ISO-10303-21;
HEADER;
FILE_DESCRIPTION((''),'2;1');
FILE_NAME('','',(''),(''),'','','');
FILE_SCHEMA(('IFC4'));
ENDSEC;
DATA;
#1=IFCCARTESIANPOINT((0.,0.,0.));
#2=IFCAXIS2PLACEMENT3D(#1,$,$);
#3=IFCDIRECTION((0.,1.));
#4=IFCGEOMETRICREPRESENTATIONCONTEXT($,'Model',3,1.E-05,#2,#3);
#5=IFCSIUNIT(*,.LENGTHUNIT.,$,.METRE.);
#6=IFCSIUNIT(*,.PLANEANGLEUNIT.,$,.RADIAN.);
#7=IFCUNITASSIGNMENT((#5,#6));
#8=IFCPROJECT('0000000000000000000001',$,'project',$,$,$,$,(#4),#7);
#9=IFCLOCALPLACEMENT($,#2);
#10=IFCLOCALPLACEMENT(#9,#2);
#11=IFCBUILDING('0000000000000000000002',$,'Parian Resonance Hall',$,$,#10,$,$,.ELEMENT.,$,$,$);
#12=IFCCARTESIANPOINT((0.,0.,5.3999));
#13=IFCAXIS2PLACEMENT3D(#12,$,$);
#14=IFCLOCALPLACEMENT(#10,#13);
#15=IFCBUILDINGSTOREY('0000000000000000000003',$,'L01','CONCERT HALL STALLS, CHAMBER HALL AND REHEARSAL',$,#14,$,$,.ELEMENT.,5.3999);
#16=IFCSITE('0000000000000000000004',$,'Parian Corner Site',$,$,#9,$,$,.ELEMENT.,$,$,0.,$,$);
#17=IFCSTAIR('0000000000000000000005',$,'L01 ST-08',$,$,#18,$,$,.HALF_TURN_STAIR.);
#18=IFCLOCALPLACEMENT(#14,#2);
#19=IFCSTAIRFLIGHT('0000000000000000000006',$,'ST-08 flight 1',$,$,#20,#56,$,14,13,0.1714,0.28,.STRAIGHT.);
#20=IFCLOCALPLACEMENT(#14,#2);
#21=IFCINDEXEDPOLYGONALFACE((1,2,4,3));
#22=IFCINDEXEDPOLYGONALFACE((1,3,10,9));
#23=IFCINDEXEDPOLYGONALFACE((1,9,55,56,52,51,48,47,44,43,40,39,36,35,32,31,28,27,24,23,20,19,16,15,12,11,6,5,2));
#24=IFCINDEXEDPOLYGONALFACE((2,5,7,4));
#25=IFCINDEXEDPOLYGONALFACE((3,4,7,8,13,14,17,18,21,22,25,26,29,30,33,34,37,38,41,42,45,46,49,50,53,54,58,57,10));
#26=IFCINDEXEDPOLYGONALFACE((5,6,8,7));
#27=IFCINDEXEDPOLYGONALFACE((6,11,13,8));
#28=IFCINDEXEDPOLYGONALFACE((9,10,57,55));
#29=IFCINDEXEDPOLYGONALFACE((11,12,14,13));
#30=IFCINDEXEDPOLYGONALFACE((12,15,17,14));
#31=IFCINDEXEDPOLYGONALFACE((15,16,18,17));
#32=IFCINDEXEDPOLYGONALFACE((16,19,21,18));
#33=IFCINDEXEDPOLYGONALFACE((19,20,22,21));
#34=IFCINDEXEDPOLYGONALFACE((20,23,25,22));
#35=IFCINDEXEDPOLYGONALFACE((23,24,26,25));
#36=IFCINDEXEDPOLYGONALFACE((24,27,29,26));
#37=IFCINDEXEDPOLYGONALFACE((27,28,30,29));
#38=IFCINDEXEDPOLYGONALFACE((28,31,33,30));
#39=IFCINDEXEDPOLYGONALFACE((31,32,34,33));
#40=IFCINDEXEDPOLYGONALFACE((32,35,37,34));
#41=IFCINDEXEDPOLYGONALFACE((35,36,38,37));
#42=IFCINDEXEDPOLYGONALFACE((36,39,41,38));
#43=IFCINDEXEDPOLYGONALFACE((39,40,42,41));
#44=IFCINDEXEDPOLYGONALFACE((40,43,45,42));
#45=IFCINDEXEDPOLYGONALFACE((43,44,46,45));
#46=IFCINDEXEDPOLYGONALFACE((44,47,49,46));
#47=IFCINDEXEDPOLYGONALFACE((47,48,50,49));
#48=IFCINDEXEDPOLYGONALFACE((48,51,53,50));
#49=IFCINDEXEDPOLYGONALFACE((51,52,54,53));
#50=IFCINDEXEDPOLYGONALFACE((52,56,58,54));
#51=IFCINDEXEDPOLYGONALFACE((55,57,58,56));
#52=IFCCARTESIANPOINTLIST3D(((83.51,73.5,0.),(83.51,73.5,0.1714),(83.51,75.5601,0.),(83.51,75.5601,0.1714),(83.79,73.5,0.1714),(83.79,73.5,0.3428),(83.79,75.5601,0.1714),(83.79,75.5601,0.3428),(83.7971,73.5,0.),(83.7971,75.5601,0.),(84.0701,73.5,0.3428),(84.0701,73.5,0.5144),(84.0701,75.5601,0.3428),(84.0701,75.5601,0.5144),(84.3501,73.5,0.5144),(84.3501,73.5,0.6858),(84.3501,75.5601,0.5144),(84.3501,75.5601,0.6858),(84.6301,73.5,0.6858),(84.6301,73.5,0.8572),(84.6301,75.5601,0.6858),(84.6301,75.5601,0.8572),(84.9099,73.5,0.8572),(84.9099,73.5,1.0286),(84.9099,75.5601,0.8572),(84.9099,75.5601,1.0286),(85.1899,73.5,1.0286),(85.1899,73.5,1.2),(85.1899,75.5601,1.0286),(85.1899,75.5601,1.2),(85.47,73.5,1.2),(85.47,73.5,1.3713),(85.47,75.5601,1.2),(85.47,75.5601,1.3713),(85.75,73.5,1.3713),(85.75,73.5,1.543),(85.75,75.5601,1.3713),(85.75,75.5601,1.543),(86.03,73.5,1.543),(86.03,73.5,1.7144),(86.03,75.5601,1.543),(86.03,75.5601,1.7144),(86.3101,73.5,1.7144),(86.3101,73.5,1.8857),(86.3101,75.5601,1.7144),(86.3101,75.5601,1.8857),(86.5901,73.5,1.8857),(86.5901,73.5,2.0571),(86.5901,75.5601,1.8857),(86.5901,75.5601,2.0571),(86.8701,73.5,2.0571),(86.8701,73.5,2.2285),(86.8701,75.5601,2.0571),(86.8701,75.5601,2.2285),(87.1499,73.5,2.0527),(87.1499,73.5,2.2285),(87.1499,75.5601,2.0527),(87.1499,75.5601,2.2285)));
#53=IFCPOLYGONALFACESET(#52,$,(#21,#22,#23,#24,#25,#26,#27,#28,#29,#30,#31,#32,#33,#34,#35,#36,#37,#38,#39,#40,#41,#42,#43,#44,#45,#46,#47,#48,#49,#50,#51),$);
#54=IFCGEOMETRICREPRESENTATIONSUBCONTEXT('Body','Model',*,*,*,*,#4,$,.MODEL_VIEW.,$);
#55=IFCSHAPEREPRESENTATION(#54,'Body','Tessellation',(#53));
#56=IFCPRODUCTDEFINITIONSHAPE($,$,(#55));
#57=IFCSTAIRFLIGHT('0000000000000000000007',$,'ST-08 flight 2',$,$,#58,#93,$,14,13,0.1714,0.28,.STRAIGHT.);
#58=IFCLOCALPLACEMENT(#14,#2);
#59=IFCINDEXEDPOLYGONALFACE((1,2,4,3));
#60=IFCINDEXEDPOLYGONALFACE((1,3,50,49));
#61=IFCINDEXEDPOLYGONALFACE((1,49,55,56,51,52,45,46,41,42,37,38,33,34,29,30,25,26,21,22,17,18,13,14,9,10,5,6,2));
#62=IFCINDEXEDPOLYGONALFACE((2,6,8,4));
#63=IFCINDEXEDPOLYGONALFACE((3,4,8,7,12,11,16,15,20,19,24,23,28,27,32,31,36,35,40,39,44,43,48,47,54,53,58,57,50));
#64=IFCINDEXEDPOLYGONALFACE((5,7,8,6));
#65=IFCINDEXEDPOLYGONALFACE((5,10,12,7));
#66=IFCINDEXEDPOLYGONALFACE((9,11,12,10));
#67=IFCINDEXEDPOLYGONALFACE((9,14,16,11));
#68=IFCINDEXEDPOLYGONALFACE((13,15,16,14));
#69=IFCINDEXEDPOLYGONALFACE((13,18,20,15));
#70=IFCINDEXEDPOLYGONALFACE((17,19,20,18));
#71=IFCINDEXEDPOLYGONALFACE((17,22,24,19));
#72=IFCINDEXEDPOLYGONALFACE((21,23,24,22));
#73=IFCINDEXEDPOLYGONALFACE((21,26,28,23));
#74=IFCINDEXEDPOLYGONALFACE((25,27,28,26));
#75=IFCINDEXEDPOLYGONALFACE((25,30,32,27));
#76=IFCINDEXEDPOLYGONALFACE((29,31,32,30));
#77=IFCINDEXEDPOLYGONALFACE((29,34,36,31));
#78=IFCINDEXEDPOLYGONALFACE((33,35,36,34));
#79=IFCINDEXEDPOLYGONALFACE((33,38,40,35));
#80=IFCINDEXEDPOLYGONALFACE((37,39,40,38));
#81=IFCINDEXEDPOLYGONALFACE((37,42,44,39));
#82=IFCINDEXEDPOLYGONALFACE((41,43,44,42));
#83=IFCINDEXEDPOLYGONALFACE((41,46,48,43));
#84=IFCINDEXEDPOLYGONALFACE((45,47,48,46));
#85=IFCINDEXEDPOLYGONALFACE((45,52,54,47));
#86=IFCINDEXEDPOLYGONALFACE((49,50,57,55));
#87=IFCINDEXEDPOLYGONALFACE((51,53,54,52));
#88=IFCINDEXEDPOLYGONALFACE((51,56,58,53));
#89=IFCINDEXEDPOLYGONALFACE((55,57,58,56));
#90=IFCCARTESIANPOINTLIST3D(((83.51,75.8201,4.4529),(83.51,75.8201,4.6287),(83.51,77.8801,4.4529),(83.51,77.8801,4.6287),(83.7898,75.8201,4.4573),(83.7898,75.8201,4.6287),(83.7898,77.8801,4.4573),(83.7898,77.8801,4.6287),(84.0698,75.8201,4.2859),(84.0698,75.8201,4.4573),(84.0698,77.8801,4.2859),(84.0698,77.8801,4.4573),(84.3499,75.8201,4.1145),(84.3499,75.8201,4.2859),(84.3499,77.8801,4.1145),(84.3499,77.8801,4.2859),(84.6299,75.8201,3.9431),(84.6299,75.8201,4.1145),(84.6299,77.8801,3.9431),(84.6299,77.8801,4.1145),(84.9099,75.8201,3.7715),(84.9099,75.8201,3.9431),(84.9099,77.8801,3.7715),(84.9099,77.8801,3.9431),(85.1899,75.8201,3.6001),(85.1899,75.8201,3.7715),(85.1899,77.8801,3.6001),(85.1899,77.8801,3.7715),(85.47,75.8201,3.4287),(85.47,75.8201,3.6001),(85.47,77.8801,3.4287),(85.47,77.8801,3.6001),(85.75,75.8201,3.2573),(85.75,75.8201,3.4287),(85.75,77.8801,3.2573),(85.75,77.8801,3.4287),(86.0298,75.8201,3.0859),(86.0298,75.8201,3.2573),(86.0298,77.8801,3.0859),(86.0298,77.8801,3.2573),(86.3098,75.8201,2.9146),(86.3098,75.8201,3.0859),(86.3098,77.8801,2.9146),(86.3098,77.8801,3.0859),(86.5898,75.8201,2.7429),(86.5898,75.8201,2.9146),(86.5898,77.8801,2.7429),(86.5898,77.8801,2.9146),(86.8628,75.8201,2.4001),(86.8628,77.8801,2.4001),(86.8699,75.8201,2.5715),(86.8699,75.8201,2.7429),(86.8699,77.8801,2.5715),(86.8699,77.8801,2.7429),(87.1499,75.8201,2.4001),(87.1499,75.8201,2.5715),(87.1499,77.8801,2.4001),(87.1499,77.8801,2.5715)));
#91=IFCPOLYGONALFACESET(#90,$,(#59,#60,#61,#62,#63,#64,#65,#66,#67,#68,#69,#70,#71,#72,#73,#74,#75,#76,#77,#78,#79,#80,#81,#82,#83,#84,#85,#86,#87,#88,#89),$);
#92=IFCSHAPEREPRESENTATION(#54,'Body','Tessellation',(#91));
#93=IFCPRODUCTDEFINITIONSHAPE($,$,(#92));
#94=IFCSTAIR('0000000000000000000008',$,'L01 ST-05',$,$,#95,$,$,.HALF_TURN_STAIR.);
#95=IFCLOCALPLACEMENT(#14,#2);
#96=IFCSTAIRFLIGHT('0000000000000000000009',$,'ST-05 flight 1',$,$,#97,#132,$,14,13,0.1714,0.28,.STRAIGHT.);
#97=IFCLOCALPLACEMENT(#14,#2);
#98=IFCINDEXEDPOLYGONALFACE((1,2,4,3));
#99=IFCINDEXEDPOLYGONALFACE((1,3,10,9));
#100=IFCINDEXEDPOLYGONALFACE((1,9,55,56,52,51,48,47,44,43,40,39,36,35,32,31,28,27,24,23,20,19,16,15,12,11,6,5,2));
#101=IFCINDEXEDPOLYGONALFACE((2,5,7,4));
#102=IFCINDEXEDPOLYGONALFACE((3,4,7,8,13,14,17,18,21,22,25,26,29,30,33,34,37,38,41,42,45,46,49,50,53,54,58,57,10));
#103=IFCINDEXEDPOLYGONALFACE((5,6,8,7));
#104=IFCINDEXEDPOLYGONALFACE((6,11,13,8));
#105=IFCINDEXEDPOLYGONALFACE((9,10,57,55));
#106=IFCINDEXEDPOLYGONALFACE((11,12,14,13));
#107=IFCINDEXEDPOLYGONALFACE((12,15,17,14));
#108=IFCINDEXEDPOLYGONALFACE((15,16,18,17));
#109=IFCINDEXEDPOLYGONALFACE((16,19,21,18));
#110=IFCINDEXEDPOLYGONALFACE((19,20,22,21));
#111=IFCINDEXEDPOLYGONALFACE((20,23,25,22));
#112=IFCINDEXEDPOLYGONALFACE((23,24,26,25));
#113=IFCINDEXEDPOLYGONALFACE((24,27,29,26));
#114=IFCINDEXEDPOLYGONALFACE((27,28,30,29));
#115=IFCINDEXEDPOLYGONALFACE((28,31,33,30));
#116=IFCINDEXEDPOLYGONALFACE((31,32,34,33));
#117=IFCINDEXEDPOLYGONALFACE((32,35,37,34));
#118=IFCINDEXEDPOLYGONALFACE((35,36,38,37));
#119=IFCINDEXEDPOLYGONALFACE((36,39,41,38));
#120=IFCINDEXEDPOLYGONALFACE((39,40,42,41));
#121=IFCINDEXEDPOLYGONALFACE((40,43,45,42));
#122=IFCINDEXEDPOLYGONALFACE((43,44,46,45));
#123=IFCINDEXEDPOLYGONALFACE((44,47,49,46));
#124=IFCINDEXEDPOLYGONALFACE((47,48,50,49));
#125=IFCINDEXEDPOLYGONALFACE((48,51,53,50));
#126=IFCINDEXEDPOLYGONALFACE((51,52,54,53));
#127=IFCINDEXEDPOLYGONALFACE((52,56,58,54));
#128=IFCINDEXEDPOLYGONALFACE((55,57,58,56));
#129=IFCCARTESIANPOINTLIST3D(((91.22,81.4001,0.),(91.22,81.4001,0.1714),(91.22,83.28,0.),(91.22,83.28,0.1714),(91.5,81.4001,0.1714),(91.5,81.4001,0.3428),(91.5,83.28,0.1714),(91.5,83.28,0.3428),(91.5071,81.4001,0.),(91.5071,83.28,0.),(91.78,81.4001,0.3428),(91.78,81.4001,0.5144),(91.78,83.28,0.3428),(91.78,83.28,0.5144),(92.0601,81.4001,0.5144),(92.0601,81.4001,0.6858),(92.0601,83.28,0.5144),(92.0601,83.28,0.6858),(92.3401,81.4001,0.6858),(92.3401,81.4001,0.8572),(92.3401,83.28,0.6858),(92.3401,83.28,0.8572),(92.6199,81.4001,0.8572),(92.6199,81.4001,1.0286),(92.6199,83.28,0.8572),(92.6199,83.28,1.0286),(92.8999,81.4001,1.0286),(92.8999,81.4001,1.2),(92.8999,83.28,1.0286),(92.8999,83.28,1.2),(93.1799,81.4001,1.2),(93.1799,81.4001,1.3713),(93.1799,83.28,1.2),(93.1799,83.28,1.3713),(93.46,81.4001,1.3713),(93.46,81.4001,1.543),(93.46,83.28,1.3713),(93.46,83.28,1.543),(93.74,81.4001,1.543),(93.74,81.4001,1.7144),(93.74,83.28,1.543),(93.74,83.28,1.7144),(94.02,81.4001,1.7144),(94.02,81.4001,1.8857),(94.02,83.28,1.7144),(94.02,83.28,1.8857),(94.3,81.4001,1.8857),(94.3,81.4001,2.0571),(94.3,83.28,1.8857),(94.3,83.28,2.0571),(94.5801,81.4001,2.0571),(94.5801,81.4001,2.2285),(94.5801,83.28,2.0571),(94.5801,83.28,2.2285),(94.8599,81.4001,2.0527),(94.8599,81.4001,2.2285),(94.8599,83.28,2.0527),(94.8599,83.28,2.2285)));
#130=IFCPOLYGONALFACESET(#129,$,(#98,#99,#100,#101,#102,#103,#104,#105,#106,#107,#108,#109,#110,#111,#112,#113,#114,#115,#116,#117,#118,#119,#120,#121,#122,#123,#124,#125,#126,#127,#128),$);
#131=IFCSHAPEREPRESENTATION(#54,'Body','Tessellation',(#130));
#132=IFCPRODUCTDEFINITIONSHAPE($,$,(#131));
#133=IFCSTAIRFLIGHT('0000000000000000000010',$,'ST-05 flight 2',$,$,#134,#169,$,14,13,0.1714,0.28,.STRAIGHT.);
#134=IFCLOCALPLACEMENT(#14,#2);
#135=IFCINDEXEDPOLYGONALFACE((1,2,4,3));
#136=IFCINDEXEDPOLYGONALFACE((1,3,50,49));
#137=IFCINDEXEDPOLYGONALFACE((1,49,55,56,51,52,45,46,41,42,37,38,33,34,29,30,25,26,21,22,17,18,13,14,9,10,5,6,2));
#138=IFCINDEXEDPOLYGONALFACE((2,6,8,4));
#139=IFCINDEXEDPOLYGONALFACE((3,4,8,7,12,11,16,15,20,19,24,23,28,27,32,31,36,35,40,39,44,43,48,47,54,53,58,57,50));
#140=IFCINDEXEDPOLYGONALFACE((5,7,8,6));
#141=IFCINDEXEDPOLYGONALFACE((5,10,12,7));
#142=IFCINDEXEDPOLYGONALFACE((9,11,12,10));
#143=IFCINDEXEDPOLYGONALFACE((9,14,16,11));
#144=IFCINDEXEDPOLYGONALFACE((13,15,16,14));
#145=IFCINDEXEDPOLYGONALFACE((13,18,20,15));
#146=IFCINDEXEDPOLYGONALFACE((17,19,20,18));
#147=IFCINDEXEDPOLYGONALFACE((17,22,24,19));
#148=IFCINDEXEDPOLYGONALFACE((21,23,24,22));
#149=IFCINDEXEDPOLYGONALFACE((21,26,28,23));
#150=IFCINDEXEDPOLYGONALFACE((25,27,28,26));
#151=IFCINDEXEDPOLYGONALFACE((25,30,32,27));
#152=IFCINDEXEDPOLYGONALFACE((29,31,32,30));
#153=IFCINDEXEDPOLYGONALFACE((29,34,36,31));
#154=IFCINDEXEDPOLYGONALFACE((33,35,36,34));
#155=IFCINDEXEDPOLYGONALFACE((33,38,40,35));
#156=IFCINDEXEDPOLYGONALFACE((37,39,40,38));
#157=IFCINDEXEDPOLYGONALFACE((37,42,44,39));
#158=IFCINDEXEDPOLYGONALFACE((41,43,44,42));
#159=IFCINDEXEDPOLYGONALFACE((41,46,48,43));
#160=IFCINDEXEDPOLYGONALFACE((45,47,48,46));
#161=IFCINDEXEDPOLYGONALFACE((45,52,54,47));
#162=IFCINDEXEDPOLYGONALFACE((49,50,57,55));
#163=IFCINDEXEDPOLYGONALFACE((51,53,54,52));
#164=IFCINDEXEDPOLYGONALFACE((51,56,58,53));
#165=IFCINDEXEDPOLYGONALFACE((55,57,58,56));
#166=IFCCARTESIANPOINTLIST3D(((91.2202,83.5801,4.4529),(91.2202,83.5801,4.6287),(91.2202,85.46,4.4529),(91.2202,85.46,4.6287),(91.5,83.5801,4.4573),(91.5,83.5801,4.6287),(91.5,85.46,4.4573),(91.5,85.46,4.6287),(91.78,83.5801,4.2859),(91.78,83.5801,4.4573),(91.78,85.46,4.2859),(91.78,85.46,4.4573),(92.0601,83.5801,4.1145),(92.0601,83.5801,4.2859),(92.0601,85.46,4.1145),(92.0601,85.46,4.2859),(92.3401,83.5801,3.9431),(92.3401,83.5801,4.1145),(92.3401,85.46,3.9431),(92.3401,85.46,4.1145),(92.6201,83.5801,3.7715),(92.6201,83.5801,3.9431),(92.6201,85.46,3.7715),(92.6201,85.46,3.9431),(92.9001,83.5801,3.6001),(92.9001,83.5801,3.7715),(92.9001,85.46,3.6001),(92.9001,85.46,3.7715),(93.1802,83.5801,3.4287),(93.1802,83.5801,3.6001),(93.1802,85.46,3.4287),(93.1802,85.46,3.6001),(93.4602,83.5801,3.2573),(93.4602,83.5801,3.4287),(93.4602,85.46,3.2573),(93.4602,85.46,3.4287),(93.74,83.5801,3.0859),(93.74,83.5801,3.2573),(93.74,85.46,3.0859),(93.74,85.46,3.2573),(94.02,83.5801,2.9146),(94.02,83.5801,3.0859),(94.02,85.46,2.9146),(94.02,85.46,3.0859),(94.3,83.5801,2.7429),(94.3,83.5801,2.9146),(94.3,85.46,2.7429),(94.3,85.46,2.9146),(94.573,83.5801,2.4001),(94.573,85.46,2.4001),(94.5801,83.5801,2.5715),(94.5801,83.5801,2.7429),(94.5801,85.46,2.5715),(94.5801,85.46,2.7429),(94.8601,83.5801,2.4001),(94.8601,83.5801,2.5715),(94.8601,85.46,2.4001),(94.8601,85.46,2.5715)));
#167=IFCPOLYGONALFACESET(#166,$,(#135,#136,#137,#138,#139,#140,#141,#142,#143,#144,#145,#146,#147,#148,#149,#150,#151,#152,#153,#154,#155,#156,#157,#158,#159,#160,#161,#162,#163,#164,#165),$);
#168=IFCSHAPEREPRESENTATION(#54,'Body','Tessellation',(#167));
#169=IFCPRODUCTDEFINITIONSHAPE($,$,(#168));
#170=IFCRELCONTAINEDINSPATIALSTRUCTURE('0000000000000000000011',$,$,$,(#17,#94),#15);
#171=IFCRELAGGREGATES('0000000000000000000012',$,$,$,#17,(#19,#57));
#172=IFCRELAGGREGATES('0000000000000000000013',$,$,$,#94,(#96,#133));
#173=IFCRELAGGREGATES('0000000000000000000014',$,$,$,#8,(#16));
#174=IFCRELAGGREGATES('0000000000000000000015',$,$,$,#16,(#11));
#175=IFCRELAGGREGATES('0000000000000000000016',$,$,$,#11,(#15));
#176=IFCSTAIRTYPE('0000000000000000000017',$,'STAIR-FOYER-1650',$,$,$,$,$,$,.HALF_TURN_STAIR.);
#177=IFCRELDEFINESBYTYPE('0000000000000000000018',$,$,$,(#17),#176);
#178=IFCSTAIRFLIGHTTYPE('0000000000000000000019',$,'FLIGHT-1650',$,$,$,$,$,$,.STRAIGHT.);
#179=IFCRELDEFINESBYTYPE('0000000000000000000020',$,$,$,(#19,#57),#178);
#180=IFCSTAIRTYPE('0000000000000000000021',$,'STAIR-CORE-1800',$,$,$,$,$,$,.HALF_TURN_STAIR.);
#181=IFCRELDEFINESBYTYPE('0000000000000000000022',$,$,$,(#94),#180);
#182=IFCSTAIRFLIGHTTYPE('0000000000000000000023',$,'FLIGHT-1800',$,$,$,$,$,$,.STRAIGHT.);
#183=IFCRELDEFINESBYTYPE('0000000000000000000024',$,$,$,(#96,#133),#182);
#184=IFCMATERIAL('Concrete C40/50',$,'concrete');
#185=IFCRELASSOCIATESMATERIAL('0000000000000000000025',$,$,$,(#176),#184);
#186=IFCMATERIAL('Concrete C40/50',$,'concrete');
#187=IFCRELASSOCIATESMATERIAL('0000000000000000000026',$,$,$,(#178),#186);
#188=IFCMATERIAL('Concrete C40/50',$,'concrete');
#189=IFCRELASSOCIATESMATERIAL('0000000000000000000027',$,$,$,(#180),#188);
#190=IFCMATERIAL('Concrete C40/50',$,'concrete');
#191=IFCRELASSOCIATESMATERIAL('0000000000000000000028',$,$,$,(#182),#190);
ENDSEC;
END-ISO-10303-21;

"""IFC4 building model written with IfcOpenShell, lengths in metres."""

from ifc_helpers import new_model, si_unit, direction, frame, origin, place, context, subcontext, project, spatial, polyline, outline, extrude, material, type_object, element, aggregate, save


model = new_model("IFC4")

# Units and contexts
model_context = context("Model", 3, precision=1e-05, world=origin(), true_north=direction((0.0, 1.0)))
body_context = subcontext(model_context, "Body", "Model", "MODEL_VIEW")
ifc_project = project(units=[si_unit("LENGTHUNIT", "METRE"), si_unit("PLANEANGLEUNIT", "RADIAN")], contexts=[model_context])

# Site, building, storey
site_placement = place(None, origin())
site = spatial("IfcSite", under=ifc_project, at=site_placement, Name="Parian Corner Site", CompositionType="ELEMENT", RefElevation=0.0)
building_placement = place(site_placement, origin())
building = spatial("IfcBuilding", under=site, at=building_placement, Name="Parian Resonance Hall", CompositionType="ELEMENT")
storey_placement = place(building_placement, frame((0.0, 0.0, 5.3999)))
storey = spatial("IfcBuildingStorey", under=building, at=storey_placement, Name="L01", Description="CONCERT HALL STALLS, CHAMBER HALL AND REHEARSAL", CompositionType="ELEMENT", Elevation=5.3999)

# Stairs, stair flights
ifc_material_1 = material(Name="Concrete C40/50", Category="concrete")
stair_type_1 = type_object("IfcStairType", Name="STAIR-FOYER-1650", PredefinedType="HALF_TURN_STAIR", material=ifc_material_1)
stair_1_placement = place(storey_placement, origin())
stair_1 = element("IfcStair", 1, at=stair_1_placement, inside=storey, type_object=stair_type_1, Name="L01 ST-08", PredefinedType="HALF_TURN_STAIR")
ifc_material_2 = material(Name="Concrete C40/50", Category="concrete")
stair_flight_type_1 = type_object("IfcStairFlightType", Name="FLIGHT-1650", PredefinedType="STRAIGHT", material=ifc_material_2)
stair_flight_1_placement = place(storey_placement, frame((83.51, 74.53, 0.0), z_axis=(0.0, 0.0, 1.0), x_axis=(1.0, 0.0, 0.0)))
stair_flight_1 = element("IfcStairFlight", 2, at=stair_flight_1_placement, type_object=stair_flight_type_1, Name="ST-08 flight 1", NumberOfRisers=14, NumberOfTreads=13, PredefinedType="STRAIGHT", RiserHeight=0.1714, TreadLength=0.28, context=body_context, shape_type="SweptSolid", body=[
    extrude(outline(polyline([(0.0, 0.0), (0.0, 0.1714), (0.28, 0.1714), (0.28, 0.3428), (0.5601, 0.3428), (0.5601, 0.5144), (0.8401, 0.5144), (0.8401, 0.6858), (1.1201, 0.6858), (1.1201, 0.8572), (1.3999, 0.8572), (1.3999, 1.0286), (1.6799, 1.0286), (1.6799, 1.2), (1.96, 1.2), (1.96, 1.3713), (2.24, 1.3713), (2.24, 1.543), (2.52, 1.543), (2.52, 1.7144), (2.8, 1.7144), (2.8, 1.8857), (3.0801, 1.8857), (3.0801, 2.0571), (3.3601, 2.0571), (3.3601, 2.2285), (3.6399, 2.2285), (3.6399, 2.3999), (3.6399, 2.0527), (0.2871, 0.0), (0.0, 0.0)])), frame((0.0, 1.03, 0.0), z_axis=(0.0, -1.0, 0.0), x_axis=(1.0, 0.0, 0.0)), (0.0, 0.0, 1.0), 2.0601),
])
stair_flight_2_placement = place(storey_placement, frame((87.1499, 76.8501, 2.4001), z_axis=(0.0, 0.0, 1.0), x_axis=(-1.0, 0.0, 0.0)))
stair_flight_2 = element("IfcStairFlight", 3, at=stair_flight_2_placement, type_object=stair_flight_type_1, Name="ST-08 flight 2", NumberOfRisers=14, NumberOfTreads=13, PredefinedType="STRAIGHT", RiserHeight=0.1714, TreadLength=0.28, context=body_context, shape_type="SweptSolid", body=[
    extrude(outline(polyline([(0.0, 0.0), (0.0, 0.1714), (0.28, 0.1714), (0.28, 0.3428), (0.5601, 0.3428), (0.5601, 0.5144), (0.8401, 0.5144), (0.8401, 0.6858), (1.1201, 0.6858), (1.1201, 0.8572), (1.3999, 0.8572), (1.3999, 1.0286), (1.6799, 1.0286), (1.6799, 1.2), (1.96, 1.2), (1.96, 1.3713), (2.24, 1.3713), (2.24, 1.543), (2.52, 1.543), (2.52, 1.7144), (2.8, 1.7144), (2.8, 1.8857), (3.0801, 1.8857), (3.0801, 2.0571), (3.3601, 2.0571), (3.3601, 2.2285), (3.6399, 2.2285), (3.6399, 2.3999), (3.6399, 2.0527), (0.2871, 0.0), (0.0, 0.0)])), frame((0.0, 1.03, 0.0), z_axis=(0.0, -1.0, 0.0), x_axis=(1.0, 0.0, 0.0)), (0.0, 0.0, 1.0), 2.0601),
])
aggregate(stair_1, [stair_flight_1, stair_flight_2])
ifc_material_3 = material(Name="Concrete C40/50", Category="concrete")
stair_type_2 = type_object("IfcStairType", Name="STAIR-CORE-1800", PredefinedType="HALF_TURN_STAIR", material=ifc_material_3)
stair_2_placement = place(storey_placement, origin())
stair_2 = element("IfcStair", 4, at=stair_2_placement, inside=storey, type_object=stair_type_2, Name="L01 ST-05", PredefinedType="HALF_TURN_STAIR")
ifc_material_4 = material(Name="Concrete C40/50", Category="concrete")
stair_flight_type_2 = type_object("IfcStairFlightType", Name="FLIGHT-1800", PredefinedType="STRAIGHT", material=ifc_material_4)
stair_flight_3_placement = place(storey_placement, frame((91.22, 82.3401, 0.0), z_axis=(0.0, 0.0, 1.0), x_axis=(1.0, 0.0, 0.0)))
stair_flight_3 = element("IfcStairFlight", 5, at=stair_flight_3_placement, type_object=stair_flight_type_2, Name="ST-05 flight 1", NumberOfRisers=14, NumberOfTreads=13, PredefinedType="STRAIGHT", RiserHeight=0.1714, TreadLength=0.28, context=body_context, shape_type="SweptSolid", body=[
    extrude(outline(polyline([(0.0, 0.0), (0.0, 0.1714), (0.28, 0.1714), (0.28, 0.3428), (0.5601, 0.3428), (0.5601, 0.5144), (0.8401, 0.5144), (0.8401, 0.6858), (1.1201, 0.6858), (1.1201, 0.8572), (1.3999, 0.8572), (1.3999, 1.0286), (1.6799, 1.0286), (1.6799, 1.2), (1.96, 1.2), (1.96, 1.3713), (2.24, 1.3713), (2.24, 1.543), (2.52, 1.543), (2.52, 1.7144), (2.8, 1.7144), (2.8, 1.8857), (3.0801, 1.8857), (3.0801, 2.0571), (3.3601, 2.0571), (3.3601, 2.2285), (3.6399, 2.2285), (3.6399, 2.3999), (3.6399, 2.0527), (0.2871, 0.0), (0.0, 0.0)])), frame((0.0, 0.9399, 0.0), z_axis=(0.0, -1.0, 0.0), x_axis=(1.0, 0.0, 0.0)), (0.0, 0.0, 1.0), 1.8799),
])
stair_flight_4_placement = place(storey_placement, frame((94.8601, 84.52, 2.4001), z_axis=(0.0, 0.0, 1.0), x_axis=(-1.0, 0.0, 0.0)))
stair_flight_4 = element("IfcStairFlight", 6, at=stair_flight_4_placement, type_object=stair_flight_type_2, Name="ST-05 flight 2", NumberOfRisers=14, NumberOfTreads=13, PredefinedType="STRAIGHT", RiserHeight=0.1714, TreadLength=0.28, context=body_context, shape_type="SweptSolid", body=[
    extrude(outline(polyline([(0.0, 0.0), (0.0, 0.1714), (0.28, 0.1714), (0.28, 0.3428), (0.5601, 0.3428), (0.5601, 0.5144), (0.8401, 0.5144), (0.8401, 0.6858), (1.1201, 0.6858), (1.1201, 0.8572), (1.3999, 0.8572), (1.3999, 1.0286), (1.6799, 1.0286), (1.6799, 1.2), (1.96, 1.2), (1.96, 1.3713), (2.24, 1.3713), (2.24, 1.543), (2.52, 1.543), (2.52, 1.7144), (2.8, 1.7144), (2.8, 1.8857), (3.0801, 1.8857), (3.0801, 2.0571), (3.3601, 2.0571), (3.3601, 2.2285), (3.6399, 2.2285), (3.6399, 2.3999), (3.6399, 2.0527), (0.2871, 0.0), (0.0, 0.0)])), frame((0.0, 0.9399, 0.0), z_axis=(0.0, -1.0, 0.0), x_axis=(1.0, 0.0, 0.0)), (0.0, 0.0, 1.0), 1.8799),
])
aggregate(stair_2, [stair_flight_3, stair_flight_4])

save(model, "model.ifc")
